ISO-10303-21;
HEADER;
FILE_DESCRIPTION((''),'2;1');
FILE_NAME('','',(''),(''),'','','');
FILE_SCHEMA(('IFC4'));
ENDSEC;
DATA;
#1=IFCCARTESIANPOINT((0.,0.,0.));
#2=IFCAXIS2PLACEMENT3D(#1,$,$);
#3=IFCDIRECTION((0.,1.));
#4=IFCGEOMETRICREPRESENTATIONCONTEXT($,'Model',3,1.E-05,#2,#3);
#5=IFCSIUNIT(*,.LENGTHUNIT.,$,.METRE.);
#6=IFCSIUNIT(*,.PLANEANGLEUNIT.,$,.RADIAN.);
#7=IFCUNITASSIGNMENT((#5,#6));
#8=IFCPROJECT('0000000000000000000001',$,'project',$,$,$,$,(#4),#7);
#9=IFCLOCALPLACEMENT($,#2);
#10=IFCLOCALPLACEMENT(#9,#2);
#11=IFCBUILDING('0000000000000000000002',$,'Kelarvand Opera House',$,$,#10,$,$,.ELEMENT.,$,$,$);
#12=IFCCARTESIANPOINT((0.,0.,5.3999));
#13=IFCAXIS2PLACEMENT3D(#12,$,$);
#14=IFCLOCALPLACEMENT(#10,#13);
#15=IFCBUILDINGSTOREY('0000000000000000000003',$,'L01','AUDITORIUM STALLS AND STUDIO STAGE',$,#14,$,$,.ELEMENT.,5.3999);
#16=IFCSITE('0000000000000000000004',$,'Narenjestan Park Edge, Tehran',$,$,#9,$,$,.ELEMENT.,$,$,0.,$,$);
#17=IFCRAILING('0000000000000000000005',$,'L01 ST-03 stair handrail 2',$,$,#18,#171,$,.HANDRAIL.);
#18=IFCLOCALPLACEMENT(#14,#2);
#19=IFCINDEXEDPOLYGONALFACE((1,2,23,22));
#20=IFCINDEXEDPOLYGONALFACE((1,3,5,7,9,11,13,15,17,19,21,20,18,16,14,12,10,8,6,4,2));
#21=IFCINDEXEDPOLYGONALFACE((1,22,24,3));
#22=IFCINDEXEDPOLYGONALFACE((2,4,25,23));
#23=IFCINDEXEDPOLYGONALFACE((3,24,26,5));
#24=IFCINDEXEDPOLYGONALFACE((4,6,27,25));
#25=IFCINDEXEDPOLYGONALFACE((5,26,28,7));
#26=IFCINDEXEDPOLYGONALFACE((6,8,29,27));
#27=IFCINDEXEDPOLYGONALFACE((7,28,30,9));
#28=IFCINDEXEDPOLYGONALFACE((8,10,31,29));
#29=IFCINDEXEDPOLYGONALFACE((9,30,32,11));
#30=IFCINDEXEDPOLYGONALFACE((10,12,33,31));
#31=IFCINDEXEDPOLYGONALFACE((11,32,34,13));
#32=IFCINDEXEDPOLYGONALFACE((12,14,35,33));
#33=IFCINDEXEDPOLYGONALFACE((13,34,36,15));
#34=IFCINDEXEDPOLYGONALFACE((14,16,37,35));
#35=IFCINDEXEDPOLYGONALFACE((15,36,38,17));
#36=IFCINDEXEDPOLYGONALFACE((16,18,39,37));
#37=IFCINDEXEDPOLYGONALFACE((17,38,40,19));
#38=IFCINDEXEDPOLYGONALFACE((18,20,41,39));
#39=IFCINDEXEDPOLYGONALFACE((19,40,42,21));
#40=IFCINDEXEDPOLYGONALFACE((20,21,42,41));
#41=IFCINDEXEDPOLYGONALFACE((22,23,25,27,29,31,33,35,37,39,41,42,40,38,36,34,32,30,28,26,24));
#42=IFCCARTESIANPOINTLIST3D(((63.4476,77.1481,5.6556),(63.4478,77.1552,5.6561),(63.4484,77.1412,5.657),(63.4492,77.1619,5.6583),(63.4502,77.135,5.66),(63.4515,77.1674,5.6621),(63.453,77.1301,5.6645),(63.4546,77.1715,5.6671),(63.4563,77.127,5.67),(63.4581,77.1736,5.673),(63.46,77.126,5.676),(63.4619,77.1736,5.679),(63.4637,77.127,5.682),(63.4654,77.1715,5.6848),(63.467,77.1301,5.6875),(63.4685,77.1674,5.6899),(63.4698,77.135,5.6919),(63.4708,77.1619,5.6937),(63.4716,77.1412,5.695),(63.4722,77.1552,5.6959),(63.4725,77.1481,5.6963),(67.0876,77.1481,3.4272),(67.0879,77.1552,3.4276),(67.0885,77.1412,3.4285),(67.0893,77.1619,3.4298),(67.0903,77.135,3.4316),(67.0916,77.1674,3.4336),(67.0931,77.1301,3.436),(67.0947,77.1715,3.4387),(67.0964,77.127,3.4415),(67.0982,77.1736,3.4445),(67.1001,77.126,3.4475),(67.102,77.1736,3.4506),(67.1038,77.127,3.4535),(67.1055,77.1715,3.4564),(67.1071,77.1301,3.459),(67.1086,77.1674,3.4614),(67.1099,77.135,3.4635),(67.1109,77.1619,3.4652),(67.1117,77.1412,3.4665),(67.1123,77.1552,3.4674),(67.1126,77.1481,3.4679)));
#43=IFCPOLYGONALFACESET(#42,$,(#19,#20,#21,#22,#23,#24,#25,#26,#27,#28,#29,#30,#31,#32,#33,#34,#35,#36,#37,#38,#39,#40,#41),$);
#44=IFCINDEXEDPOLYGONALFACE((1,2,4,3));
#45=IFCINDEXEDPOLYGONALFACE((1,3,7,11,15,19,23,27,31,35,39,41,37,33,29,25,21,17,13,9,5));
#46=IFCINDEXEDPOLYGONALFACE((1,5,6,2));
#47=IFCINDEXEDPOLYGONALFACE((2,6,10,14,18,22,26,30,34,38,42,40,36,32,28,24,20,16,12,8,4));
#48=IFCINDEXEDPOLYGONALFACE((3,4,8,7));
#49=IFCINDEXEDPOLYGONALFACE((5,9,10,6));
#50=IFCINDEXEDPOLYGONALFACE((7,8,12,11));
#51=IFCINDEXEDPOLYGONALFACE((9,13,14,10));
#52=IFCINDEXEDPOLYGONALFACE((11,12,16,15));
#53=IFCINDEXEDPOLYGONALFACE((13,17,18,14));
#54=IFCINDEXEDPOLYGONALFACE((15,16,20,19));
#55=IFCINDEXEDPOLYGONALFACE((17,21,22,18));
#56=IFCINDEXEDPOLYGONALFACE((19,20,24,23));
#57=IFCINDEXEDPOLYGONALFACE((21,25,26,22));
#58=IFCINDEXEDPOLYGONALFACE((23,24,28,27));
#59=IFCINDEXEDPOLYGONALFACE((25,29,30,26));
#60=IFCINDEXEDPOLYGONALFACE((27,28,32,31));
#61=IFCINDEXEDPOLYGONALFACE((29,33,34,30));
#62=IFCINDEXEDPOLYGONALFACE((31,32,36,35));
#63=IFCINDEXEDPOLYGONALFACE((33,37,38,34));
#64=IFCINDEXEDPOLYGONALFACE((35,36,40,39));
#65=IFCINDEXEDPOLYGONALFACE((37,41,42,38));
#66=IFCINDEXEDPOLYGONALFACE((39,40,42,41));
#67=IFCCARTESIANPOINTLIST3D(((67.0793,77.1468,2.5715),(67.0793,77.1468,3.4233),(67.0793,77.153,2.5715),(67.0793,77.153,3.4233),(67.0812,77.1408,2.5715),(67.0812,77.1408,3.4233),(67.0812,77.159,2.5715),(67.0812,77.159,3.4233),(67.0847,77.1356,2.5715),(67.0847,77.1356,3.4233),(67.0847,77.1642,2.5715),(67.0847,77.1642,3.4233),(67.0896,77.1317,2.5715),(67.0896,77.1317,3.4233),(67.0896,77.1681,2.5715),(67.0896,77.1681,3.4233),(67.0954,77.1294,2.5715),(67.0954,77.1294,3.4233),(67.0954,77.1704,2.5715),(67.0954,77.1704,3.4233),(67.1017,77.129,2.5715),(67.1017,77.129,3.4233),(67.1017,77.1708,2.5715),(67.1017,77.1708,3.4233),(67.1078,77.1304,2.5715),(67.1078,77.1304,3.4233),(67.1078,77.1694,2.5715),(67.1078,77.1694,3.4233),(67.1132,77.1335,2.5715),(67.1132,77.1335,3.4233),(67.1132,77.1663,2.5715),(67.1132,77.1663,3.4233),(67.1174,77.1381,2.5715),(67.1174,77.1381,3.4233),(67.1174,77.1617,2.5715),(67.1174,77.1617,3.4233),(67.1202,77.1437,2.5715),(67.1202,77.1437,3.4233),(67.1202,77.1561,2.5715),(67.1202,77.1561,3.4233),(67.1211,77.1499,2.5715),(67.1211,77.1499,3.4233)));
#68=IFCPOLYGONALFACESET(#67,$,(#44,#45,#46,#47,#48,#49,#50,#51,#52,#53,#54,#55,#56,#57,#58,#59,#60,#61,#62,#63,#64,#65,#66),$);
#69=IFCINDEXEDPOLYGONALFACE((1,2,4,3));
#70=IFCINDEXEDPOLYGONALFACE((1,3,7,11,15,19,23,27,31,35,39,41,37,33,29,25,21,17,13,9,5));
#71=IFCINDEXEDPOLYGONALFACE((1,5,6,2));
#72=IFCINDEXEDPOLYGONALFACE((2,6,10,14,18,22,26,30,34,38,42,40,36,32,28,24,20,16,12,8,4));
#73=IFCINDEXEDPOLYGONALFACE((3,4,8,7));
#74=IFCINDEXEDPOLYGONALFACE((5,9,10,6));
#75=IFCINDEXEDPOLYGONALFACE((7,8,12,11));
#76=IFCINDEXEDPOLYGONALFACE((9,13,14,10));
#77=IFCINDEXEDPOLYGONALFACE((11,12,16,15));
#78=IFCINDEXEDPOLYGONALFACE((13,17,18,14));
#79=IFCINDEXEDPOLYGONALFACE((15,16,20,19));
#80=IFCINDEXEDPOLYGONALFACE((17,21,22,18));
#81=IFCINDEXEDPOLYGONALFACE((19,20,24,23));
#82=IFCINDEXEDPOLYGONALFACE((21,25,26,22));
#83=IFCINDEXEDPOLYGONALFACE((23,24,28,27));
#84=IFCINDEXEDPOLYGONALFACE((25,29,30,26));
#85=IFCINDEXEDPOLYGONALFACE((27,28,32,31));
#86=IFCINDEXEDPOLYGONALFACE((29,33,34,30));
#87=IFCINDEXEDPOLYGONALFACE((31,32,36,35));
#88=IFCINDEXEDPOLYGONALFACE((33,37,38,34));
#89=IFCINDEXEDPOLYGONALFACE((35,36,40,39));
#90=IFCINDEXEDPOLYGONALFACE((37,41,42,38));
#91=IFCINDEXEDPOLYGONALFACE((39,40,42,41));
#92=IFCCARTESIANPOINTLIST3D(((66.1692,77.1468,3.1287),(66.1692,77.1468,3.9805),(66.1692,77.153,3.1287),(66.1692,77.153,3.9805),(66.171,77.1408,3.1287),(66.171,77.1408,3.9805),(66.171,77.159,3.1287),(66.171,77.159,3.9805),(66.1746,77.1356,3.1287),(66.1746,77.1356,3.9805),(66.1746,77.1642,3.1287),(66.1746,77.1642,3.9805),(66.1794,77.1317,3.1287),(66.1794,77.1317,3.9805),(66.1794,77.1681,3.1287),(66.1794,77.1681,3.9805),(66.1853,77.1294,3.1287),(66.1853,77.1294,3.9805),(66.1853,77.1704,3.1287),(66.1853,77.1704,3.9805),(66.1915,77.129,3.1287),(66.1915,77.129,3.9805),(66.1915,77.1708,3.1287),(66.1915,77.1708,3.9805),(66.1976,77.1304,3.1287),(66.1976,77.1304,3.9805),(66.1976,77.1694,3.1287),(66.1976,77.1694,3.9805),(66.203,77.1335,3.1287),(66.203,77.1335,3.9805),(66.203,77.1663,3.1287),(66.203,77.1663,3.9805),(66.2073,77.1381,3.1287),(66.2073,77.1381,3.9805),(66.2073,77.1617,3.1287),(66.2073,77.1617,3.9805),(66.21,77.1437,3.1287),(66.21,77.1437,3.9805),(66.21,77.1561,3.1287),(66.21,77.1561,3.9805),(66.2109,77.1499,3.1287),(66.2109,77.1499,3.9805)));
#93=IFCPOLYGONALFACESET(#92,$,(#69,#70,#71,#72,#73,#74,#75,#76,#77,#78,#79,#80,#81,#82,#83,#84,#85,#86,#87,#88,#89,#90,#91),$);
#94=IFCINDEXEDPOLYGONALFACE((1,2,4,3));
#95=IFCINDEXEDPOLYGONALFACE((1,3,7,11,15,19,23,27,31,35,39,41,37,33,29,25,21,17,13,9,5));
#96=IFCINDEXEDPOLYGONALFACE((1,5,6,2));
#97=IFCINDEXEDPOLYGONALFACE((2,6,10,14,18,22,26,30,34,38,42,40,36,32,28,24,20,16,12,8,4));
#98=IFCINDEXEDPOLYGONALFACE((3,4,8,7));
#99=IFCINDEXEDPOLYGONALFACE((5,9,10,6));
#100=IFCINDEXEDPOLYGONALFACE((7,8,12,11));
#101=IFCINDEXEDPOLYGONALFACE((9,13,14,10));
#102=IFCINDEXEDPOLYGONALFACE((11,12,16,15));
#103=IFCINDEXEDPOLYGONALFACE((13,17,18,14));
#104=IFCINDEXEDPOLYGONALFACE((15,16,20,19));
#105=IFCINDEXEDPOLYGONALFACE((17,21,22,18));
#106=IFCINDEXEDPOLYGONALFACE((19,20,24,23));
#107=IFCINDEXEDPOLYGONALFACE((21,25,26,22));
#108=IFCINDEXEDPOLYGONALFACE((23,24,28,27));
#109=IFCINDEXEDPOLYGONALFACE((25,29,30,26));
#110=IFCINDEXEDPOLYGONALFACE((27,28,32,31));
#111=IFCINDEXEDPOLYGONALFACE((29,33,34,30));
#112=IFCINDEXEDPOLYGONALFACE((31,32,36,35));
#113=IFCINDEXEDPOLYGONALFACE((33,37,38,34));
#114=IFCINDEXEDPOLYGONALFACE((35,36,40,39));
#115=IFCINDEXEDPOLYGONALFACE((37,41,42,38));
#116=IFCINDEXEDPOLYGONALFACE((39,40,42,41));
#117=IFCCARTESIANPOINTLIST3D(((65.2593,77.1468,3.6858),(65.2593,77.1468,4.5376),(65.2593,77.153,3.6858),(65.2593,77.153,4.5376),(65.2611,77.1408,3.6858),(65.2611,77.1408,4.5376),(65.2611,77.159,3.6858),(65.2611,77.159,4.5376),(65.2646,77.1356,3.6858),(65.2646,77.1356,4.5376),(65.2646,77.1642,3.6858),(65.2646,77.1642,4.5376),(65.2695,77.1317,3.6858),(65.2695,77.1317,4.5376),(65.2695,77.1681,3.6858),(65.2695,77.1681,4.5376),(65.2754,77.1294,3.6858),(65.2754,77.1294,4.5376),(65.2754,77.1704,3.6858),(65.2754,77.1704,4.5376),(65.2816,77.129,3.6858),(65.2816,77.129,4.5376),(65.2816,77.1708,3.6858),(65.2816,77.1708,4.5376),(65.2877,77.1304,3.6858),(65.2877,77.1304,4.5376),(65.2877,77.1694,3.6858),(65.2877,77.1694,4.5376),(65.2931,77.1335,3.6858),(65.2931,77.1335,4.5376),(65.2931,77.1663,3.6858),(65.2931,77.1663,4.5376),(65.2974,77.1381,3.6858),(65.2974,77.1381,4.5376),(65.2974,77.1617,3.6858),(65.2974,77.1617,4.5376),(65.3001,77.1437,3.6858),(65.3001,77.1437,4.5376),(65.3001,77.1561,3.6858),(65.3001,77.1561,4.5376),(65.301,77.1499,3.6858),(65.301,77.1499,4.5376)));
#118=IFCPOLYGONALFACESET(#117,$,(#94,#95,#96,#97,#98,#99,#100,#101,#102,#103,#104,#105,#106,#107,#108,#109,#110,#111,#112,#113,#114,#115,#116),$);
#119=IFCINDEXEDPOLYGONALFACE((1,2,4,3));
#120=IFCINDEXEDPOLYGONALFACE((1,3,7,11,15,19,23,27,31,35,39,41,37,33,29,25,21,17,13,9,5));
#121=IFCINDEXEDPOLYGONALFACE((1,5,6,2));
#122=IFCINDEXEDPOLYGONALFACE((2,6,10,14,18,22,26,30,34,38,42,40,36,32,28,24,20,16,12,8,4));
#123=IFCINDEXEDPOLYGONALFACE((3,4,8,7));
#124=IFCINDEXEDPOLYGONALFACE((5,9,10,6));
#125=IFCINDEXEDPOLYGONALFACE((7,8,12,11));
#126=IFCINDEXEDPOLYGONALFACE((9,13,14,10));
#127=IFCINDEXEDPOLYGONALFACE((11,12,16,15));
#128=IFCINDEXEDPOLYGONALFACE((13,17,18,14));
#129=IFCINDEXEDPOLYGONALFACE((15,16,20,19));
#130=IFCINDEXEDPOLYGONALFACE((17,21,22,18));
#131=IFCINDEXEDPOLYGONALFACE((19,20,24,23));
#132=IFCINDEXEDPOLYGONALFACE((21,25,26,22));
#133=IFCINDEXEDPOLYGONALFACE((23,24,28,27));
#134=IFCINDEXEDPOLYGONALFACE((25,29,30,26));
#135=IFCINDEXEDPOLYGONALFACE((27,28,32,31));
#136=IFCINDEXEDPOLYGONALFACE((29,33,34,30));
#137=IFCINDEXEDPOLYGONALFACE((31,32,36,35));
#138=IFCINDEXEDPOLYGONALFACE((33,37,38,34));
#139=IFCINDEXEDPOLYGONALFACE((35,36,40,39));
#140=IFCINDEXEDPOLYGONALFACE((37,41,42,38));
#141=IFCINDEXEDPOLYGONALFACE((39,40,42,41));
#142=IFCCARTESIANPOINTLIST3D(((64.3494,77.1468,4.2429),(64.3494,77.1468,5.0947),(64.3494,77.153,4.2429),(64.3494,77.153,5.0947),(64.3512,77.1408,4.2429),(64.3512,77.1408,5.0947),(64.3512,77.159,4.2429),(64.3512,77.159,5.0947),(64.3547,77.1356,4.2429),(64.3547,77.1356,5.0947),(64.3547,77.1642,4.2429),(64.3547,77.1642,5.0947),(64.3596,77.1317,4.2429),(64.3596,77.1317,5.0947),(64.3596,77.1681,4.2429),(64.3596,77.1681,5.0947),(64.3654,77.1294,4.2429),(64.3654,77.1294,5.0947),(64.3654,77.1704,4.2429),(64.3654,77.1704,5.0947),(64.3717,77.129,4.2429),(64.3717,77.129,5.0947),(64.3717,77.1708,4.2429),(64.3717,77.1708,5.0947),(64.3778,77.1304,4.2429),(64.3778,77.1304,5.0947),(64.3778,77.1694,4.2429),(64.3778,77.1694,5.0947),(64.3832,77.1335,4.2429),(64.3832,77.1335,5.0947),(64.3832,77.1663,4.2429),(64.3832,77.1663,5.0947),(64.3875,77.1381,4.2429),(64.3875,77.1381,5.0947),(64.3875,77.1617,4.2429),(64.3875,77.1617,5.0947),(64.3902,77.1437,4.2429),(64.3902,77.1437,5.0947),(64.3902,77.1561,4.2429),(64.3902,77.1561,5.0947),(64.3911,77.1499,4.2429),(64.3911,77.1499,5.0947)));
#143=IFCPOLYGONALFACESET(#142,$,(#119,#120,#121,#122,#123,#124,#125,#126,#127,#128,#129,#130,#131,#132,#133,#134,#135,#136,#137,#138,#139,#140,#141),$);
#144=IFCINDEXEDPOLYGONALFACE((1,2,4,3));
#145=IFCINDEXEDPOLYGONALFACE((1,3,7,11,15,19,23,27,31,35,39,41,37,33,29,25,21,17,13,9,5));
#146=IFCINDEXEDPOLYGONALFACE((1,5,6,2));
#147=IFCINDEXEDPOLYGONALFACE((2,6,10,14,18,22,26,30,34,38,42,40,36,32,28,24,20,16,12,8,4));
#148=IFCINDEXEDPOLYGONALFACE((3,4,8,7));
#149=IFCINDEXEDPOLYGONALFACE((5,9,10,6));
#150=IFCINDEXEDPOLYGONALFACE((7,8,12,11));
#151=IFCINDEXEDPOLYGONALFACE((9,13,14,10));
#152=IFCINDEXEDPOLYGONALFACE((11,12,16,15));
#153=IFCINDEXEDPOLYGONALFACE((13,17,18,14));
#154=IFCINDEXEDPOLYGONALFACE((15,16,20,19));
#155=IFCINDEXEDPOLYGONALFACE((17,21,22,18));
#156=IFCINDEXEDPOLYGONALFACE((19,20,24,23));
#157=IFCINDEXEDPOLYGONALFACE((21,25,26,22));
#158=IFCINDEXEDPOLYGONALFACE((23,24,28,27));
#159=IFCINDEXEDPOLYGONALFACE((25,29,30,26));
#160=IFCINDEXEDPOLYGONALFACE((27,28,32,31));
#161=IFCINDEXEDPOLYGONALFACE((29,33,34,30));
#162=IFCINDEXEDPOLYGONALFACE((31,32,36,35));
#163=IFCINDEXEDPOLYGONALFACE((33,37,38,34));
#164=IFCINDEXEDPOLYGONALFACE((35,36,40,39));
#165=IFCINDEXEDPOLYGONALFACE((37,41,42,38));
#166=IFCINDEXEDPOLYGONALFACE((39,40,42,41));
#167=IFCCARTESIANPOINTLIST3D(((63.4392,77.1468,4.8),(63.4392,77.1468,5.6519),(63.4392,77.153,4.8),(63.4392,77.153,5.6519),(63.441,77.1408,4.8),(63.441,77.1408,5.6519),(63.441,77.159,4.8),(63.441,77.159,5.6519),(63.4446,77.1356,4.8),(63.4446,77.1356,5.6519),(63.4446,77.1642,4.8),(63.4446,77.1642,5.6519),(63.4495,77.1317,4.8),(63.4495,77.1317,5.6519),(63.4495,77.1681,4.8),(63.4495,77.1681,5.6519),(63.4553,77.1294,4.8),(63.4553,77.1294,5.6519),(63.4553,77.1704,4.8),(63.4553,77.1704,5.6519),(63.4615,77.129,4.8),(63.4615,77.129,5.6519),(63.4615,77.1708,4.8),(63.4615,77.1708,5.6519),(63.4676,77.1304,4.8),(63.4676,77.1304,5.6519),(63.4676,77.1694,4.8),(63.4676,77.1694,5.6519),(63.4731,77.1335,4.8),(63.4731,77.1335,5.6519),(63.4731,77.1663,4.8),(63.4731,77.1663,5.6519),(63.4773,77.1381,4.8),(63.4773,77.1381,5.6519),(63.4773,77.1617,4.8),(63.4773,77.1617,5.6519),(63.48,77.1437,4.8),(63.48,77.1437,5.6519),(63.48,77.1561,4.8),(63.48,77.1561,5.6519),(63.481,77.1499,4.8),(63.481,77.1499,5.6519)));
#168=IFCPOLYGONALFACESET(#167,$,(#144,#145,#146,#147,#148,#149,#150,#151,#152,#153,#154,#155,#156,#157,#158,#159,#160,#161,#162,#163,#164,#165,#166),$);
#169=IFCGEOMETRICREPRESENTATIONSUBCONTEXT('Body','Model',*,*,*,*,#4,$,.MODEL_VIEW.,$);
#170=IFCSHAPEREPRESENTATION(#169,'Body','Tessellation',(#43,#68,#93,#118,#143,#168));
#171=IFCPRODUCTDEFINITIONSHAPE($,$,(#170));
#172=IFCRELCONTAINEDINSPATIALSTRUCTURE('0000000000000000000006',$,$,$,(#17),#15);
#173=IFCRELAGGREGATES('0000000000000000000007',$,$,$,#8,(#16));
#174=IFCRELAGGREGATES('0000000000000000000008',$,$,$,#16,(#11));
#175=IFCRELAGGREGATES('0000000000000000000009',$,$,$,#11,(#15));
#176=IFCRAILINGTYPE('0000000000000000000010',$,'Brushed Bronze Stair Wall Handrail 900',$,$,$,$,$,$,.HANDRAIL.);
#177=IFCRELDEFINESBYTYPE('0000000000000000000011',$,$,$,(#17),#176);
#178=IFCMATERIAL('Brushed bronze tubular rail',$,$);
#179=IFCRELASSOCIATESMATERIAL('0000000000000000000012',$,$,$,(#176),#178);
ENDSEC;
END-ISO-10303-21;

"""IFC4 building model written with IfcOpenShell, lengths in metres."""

from ifc_helpers import new_model, si_unit, direction, frame, origin, origin_2d, place, context, subcontext, project, spatial, circle, extrude, material, type_object, element, save


model = new_model("IFC4")

# Units and contexts
model_context = context("Model", 3, precision=1e-05, world=origin(), true_north=direction((0.0, 1.0)))
body_context = subcontext(model_context, "Body", "Model", "MODEL_VIEW")
ifc_project = project(units=[si_unit("LENGTHUNIT", "METRE"), si_unit("PLANEANGLEUNIT", "RADIAN")], contexts=[model_context])

# Site, building, storey
site_placement = place(None, origin())
site = spatial("IfcSite", under=ifc_project, at=site_placement, Name="Narenjestan Park Edge, Tehran", CompositionType="ELEMENT", RefElevation=0.0)
building_placement = place(site_placement, origin())
building = spatial("IfcBuilding", under=site, at=building_placement, Name="Kelarvand Opera House", CompositionType="ELEMENT")
storey_placement = place(building_placement, frame((0.0, 0.0, 5.3999)))
storey = spatial("IfcBuildingStorey", under=building, at=storey_placement, Name="L01", Description="AUDITORIUM STALLS AND STUDIO STAGE", CompositionType="ELEMENT", Elevation=5.3999)

# Railing
ifc_material_1 = material(Name="Brushed bronze tubular rail")
railing_type_1 = type_object("IfcRailingType", Name="Brushed Bronze Stair Wall Handrail 900", PredefinedType="HANDRAIL", material=ifc_material_1)
railing_1_placement = place(storey_placement, frame((67.1001, 77.1499, 2.5715)))
element("IfcRailing", 1, at=railing_1_placement, inside=storey, type_object=railing_type_1, Name="L01 ST-03 stair handrail 2", PredefinedType="HANDRAIL", context=body_context, shape_type="SweptSolid", body=[
    extrude(circle(Radius=0.0239, at=origin_2d()), frame((0.0, 0.0, 0.876), z_axis=(-0.852866, 0.0, 0.52213), x_axis=(0.0, -1.0, 0.0)), (0.0, 0.0, 1.0), 4.2681),
    extrude(circle(Radius=0.021, at=origin_2d()), origin(), (0.0, 0.0, 1.0), 0.8518),
    extrude(circle(Radius=0.021, at=origin_2d()), frame((-0.9102, 0.0, 0.5571)), (0.0, 0.0, 1.0), 0.8518),
    extrude(circle(Radius=0.021, at=origin_2d()), frame((-1.8201, 0.0, 1.1143)), (0.0, 0.0, 1.0), 0.8518),
    extrude(circle(Radius=0.021, at=origin_2d()), frame((-2.73, 0.0, 1.6714)), (0.0, 0.0, 1.0), 0.8518),
    extrude(circle(Radius=0.021, at=origin_2d()), frame((-3.6401, 0.0, 2.2285)), (0.0, 0.0, 1.0), 0.8518),
])

save(model, "model.ifc")
